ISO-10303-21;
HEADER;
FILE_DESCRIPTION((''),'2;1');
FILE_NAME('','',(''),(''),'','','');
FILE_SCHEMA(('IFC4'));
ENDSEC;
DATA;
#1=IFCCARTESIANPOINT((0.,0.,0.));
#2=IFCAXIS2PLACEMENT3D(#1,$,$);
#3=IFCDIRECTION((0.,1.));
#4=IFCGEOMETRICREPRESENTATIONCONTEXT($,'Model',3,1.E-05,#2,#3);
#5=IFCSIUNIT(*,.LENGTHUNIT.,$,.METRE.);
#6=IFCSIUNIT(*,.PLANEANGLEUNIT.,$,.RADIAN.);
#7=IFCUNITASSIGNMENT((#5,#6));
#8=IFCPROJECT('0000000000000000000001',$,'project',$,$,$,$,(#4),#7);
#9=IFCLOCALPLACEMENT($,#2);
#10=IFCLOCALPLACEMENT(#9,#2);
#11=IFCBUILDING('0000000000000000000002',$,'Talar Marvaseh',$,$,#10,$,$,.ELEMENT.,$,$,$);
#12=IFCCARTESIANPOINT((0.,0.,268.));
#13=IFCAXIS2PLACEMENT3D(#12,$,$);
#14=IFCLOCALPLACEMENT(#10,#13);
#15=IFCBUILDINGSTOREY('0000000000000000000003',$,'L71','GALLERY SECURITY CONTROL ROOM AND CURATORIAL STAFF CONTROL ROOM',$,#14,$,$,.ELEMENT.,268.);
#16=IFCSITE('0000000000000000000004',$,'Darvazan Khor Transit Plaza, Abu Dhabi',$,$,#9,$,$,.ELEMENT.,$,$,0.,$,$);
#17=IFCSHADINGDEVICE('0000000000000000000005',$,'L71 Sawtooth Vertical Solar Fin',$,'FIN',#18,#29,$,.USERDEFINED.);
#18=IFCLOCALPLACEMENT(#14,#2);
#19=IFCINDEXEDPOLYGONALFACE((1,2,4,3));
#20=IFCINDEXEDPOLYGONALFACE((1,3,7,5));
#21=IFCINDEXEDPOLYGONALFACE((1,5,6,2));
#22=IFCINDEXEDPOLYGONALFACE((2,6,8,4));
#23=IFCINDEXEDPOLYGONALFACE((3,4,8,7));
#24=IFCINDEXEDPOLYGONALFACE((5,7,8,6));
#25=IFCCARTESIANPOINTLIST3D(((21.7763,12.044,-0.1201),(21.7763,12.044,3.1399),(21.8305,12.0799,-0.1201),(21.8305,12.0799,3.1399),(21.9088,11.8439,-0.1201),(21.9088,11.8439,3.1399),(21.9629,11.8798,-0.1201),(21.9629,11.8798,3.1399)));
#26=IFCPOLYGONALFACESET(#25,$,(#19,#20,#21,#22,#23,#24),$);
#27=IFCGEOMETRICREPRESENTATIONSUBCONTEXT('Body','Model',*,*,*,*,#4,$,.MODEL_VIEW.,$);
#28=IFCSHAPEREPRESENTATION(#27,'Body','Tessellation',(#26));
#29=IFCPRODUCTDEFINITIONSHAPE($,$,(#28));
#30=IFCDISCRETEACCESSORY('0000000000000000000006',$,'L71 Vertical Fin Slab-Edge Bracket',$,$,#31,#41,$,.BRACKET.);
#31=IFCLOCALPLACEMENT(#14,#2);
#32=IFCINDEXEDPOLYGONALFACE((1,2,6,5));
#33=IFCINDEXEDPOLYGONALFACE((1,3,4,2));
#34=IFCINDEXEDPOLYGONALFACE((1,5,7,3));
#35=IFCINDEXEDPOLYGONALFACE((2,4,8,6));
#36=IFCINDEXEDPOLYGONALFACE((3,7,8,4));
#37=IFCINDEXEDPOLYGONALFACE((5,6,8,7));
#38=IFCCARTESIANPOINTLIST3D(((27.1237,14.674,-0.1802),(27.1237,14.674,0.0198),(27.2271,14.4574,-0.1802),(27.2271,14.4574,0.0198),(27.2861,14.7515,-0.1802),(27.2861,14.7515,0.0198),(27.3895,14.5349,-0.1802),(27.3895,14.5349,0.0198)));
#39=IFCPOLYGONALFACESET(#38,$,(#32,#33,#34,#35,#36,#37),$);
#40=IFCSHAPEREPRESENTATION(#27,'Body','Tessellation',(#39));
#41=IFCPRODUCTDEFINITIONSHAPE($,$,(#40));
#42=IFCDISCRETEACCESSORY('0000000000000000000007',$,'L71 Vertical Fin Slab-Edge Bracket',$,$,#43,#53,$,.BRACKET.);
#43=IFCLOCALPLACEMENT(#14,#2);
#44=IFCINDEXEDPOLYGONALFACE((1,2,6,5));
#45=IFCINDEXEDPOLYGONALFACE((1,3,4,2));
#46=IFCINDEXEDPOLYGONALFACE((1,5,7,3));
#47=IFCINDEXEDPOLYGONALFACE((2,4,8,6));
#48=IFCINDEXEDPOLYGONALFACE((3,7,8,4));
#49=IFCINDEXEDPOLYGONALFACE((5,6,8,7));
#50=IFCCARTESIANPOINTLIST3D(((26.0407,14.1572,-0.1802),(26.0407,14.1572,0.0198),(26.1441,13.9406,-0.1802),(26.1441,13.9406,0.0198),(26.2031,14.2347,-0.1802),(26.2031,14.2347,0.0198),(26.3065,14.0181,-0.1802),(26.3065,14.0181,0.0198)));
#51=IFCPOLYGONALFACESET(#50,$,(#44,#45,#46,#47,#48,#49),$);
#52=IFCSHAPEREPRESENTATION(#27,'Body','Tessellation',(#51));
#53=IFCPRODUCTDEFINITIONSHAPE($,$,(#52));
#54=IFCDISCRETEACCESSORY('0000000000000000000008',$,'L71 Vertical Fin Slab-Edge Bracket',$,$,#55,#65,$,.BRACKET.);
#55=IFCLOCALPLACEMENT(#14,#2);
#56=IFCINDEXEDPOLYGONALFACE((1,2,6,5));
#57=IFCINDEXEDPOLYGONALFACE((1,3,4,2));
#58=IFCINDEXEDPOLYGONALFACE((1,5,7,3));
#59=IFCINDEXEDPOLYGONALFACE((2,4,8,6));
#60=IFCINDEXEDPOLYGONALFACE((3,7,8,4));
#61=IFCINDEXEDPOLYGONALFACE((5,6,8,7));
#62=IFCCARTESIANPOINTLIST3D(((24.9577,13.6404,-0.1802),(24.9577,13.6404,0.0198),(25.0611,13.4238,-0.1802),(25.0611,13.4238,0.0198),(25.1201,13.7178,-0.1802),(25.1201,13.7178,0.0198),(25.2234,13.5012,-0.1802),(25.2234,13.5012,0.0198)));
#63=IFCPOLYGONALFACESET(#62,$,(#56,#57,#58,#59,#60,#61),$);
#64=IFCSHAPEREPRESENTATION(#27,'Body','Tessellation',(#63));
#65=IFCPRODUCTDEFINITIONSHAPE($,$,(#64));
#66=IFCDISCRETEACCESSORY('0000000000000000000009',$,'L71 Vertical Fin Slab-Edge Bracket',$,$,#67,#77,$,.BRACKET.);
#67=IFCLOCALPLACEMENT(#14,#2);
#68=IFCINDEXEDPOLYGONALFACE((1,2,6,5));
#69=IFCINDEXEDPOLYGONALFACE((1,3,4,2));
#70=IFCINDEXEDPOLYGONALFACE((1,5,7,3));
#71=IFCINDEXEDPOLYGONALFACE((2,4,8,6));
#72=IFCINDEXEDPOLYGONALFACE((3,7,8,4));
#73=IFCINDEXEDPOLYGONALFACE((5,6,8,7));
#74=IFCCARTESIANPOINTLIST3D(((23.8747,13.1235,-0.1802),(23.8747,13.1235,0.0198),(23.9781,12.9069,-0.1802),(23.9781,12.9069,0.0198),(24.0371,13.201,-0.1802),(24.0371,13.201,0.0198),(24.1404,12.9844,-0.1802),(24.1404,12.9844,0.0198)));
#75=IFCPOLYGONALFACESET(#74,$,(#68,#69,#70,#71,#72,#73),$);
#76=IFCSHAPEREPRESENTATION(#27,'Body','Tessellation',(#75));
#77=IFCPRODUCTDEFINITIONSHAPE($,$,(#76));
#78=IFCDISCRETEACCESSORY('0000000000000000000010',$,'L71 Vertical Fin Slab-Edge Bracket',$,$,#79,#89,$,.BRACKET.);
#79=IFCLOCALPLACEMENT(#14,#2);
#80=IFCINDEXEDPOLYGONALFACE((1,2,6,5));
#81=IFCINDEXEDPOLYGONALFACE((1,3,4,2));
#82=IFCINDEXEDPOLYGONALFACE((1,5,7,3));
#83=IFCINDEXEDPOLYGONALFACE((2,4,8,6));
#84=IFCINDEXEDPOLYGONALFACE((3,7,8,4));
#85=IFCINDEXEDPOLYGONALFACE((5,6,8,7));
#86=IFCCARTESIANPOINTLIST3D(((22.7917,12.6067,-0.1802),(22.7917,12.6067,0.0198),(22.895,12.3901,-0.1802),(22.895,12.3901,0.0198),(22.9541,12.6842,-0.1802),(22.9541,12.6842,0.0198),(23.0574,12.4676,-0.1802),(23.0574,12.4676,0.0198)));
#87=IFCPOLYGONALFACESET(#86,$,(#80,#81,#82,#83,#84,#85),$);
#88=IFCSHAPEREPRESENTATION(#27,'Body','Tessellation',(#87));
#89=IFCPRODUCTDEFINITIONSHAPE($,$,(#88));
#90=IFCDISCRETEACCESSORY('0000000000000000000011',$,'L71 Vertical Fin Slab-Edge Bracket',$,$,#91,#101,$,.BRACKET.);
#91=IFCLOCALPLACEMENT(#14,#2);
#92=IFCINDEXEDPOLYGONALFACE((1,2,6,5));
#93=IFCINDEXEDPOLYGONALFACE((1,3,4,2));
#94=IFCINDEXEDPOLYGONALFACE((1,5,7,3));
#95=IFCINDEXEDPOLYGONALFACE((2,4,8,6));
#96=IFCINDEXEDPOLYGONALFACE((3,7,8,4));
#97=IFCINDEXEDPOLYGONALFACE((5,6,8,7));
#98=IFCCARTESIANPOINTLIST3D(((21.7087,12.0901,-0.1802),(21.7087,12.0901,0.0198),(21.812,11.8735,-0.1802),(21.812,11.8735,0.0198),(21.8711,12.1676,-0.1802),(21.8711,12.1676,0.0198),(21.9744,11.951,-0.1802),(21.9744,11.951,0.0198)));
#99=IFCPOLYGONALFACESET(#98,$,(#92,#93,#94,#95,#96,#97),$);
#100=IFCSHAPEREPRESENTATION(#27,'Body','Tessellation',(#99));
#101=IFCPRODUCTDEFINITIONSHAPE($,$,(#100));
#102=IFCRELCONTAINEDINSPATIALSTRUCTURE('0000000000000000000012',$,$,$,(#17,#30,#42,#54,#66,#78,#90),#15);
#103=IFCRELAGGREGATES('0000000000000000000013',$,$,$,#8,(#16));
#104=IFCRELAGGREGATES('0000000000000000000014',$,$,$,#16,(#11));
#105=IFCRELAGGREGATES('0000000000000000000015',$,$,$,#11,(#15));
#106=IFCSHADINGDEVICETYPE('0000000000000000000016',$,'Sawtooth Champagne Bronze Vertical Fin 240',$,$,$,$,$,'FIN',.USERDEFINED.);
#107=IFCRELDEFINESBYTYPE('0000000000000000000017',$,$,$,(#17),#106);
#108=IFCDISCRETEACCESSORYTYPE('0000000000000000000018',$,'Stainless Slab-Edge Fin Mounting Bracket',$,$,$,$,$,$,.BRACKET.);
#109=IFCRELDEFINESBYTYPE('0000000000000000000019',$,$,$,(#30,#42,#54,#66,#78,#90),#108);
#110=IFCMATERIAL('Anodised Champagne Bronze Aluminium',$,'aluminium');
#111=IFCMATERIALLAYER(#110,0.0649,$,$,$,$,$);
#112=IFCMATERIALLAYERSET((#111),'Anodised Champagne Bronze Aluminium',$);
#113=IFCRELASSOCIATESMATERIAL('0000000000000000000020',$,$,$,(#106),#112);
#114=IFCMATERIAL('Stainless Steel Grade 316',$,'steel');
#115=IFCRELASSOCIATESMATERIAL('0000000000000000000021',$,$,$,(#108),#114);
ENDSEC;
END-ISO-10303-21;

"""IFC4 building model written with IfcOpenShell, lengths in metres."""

from ifc_helpers import new_model, si_unit, direction, frame, origin, origin_2d, place, context, subcontext, project, spatial, rectangle, extrude, source, transform, mapped, material, layer, layer_set, type_object, type_shapes, element, save


model = new_model("IFC4")

# Units and contexts
model_context = context("Model", 3, precision=1e-05, world=origin(), true_north=direction((0.0, 1.0)))
body_context = subcontext(model_context, "Body", "Model", "MODEL_VIEW")
ifc_project = project(units=[si_unit("LENGTHUNIT", "METRE"), si_unit("PLANEANGLEUNIT", "RADIAN")], contexts=[model_context])

# Site, building, storey
site_placement = place(None, origin())
site = spatial("IfcSite", under=ifc_project, at=site_placement, Name="Darvazan Khor Transit Plaza, Abu Dhabi", CompositionType="ELEMENT", RefElevation=0.0)
building_placement = place(site_placement, origin())
building = spatial("IfcBuilding", under=site, at=building_placement, Name="Talar Marvaseh", CompositionType="ELEMENT")
storey_placement = place(building_placement, frame((0.0, 0.0, 268.0)))
storey = spatial("IfcBuildingStorey", under=building, at=storey_placement, Name="L71", Description="GALLERY SECURITY CONTROL ROOM AND CURATORIAL STAFF CONTROL ROOM", CompositionType="ELEMENT", Elevation=268.0)

# Shading device
ifc_material_1 = material(Name="Anodised Champagne Bronze Aluminium", Category="aluminium")
ifc_layer_1 = layer(ifc_material_1, 0.0649)
ifc_layer_set_1 = layer_set([ifc_layer_1], Name="Anodised Champagne Bronze Aluminium")
shading_device_type = type_object("IfcShadingDeviceType", Name="Sawtooth Champagne Bronze Vertical Fin 240", ElementType="FIN", PredefinedType="USERDEFINED", material=ifc_layer_set_1)
shared_shape_1 = source(origin(), body_context, "Body", "SweptSolid", [
    extrude(rectangle(XDim=0.24, YDim=0.0649, at=origin_2d()), origin(), (0.0, 0.0, 1.0), 3.26),
])
type_shapes(shading_device_type, [shared_shape_1])
for number, where, z_axis, x_axis, name in (
    (1, (21.8696, 11.9619, -0.1201), (0.0, 0.0, 1.0), (0.552083, -0.833789, 0.0), "L71 Sawtooth Vertical Solar Fin"),
):
    element("IfcShadingDevice", number, at=place(storey_placement, frame(where, z_axis=z_axis, x_axis=x_axis)), inside=storey, type_object=shading_device_type, Name=name, ObjectType="FIN", PredefinedType="USERDEFINED", context=body_context, shape_type="MappedRepresentation", body=[
        mapped(shared_shape_1, transform((0.0, 0.0, 0.0), x_axis=(1.0, 0.0, 0.0), y_axis=(0.0, 1.0, 0.0), z_axis=(0.0, 0.0, 1.0), scale=1.0)),
    ])

# Discrete accessories
ifc_material_2 = material(Name="Stainless Steel Grade 316", Category="steel")
discrete_accessory_type = type_object("IfcDiscreteAccessoryType", Name="Stainless Slab-Edge Fin Mounting Bracket", PredefinedType="BRACKET", material=ifc_material_2)
shared_shape_2 = source(origin(), body_context, "Body", "SweptSolid", [
    extrude(rectangle(XDim=0.24, YDim=0.1799, at=origin_2d()), origin(), (0.0, 0.0, 1.0), 0.2),
])
type_shapes(discrete_accessory_type, [shared_shape_2])
for number, where, z_axis, x_axis, name in (
    (2, (27.2566, 14.6045, -0.1802), (0.0, 0.0, 1.0), (0.430669, -0.90251, 0.0), "L71 Vertical Fin Slab-Edge Bracket"),
    (3, (26.1736, 14.0876, -0.1802), (0.0, 0.0, 1.0), (0.430669, -0.90251, 0.0), "L71 Vertical Fin Slab-Edge Bracket"),
    (4, (25.0906, 13.5708, -0.1802), (0.0, 0.0, 1.0), (0.430669, -0.90251, 0.0), "L71 Vertical Fin Slab-Edge Bracket"),
    (5, (24.0076, 13.054, -0.1802), (0.0, 0.0, 1.0), (0.430669, -0.90251, 0.0), "L71 Vertical Fin Slab-Edge Bracket"),
    (6, (22.9246, 12.5371, -0.1802), (0.0, 0.0, 1.0), (0.430669, -0.90251, 0.0), "L71 Vertical Fin Slab-Edge Bracket"),
    (7, (21.8416, 12.0205, -0.1802), (0.0, 0.0, 1.0), (0.430669, -0.90251, 0.0), "L71 Vertical Fin Slab-Edge Bracket"),
):
    element("IfcDiscreteAccessory", number, at=place(storey_placement, frame(where, z_axis=z_axis, x_axis=x_axis)), inside=storey, type_object=discrete_accessory_type, Name=name, PredefinedType="BRACKET", context=body_context, shape_type="MappedRepresentation", body=[
        mapped(shared_shape_2, transform((0.0, 0.0, 0.0), x_axis=(1.0, 0.0, 0.0), y_axis=(0.0, 1.0, 0.0), z_axis=(0.0, 0.0, 1.0), scale=1.0)),
    ])

save(model, "model.ifc")
